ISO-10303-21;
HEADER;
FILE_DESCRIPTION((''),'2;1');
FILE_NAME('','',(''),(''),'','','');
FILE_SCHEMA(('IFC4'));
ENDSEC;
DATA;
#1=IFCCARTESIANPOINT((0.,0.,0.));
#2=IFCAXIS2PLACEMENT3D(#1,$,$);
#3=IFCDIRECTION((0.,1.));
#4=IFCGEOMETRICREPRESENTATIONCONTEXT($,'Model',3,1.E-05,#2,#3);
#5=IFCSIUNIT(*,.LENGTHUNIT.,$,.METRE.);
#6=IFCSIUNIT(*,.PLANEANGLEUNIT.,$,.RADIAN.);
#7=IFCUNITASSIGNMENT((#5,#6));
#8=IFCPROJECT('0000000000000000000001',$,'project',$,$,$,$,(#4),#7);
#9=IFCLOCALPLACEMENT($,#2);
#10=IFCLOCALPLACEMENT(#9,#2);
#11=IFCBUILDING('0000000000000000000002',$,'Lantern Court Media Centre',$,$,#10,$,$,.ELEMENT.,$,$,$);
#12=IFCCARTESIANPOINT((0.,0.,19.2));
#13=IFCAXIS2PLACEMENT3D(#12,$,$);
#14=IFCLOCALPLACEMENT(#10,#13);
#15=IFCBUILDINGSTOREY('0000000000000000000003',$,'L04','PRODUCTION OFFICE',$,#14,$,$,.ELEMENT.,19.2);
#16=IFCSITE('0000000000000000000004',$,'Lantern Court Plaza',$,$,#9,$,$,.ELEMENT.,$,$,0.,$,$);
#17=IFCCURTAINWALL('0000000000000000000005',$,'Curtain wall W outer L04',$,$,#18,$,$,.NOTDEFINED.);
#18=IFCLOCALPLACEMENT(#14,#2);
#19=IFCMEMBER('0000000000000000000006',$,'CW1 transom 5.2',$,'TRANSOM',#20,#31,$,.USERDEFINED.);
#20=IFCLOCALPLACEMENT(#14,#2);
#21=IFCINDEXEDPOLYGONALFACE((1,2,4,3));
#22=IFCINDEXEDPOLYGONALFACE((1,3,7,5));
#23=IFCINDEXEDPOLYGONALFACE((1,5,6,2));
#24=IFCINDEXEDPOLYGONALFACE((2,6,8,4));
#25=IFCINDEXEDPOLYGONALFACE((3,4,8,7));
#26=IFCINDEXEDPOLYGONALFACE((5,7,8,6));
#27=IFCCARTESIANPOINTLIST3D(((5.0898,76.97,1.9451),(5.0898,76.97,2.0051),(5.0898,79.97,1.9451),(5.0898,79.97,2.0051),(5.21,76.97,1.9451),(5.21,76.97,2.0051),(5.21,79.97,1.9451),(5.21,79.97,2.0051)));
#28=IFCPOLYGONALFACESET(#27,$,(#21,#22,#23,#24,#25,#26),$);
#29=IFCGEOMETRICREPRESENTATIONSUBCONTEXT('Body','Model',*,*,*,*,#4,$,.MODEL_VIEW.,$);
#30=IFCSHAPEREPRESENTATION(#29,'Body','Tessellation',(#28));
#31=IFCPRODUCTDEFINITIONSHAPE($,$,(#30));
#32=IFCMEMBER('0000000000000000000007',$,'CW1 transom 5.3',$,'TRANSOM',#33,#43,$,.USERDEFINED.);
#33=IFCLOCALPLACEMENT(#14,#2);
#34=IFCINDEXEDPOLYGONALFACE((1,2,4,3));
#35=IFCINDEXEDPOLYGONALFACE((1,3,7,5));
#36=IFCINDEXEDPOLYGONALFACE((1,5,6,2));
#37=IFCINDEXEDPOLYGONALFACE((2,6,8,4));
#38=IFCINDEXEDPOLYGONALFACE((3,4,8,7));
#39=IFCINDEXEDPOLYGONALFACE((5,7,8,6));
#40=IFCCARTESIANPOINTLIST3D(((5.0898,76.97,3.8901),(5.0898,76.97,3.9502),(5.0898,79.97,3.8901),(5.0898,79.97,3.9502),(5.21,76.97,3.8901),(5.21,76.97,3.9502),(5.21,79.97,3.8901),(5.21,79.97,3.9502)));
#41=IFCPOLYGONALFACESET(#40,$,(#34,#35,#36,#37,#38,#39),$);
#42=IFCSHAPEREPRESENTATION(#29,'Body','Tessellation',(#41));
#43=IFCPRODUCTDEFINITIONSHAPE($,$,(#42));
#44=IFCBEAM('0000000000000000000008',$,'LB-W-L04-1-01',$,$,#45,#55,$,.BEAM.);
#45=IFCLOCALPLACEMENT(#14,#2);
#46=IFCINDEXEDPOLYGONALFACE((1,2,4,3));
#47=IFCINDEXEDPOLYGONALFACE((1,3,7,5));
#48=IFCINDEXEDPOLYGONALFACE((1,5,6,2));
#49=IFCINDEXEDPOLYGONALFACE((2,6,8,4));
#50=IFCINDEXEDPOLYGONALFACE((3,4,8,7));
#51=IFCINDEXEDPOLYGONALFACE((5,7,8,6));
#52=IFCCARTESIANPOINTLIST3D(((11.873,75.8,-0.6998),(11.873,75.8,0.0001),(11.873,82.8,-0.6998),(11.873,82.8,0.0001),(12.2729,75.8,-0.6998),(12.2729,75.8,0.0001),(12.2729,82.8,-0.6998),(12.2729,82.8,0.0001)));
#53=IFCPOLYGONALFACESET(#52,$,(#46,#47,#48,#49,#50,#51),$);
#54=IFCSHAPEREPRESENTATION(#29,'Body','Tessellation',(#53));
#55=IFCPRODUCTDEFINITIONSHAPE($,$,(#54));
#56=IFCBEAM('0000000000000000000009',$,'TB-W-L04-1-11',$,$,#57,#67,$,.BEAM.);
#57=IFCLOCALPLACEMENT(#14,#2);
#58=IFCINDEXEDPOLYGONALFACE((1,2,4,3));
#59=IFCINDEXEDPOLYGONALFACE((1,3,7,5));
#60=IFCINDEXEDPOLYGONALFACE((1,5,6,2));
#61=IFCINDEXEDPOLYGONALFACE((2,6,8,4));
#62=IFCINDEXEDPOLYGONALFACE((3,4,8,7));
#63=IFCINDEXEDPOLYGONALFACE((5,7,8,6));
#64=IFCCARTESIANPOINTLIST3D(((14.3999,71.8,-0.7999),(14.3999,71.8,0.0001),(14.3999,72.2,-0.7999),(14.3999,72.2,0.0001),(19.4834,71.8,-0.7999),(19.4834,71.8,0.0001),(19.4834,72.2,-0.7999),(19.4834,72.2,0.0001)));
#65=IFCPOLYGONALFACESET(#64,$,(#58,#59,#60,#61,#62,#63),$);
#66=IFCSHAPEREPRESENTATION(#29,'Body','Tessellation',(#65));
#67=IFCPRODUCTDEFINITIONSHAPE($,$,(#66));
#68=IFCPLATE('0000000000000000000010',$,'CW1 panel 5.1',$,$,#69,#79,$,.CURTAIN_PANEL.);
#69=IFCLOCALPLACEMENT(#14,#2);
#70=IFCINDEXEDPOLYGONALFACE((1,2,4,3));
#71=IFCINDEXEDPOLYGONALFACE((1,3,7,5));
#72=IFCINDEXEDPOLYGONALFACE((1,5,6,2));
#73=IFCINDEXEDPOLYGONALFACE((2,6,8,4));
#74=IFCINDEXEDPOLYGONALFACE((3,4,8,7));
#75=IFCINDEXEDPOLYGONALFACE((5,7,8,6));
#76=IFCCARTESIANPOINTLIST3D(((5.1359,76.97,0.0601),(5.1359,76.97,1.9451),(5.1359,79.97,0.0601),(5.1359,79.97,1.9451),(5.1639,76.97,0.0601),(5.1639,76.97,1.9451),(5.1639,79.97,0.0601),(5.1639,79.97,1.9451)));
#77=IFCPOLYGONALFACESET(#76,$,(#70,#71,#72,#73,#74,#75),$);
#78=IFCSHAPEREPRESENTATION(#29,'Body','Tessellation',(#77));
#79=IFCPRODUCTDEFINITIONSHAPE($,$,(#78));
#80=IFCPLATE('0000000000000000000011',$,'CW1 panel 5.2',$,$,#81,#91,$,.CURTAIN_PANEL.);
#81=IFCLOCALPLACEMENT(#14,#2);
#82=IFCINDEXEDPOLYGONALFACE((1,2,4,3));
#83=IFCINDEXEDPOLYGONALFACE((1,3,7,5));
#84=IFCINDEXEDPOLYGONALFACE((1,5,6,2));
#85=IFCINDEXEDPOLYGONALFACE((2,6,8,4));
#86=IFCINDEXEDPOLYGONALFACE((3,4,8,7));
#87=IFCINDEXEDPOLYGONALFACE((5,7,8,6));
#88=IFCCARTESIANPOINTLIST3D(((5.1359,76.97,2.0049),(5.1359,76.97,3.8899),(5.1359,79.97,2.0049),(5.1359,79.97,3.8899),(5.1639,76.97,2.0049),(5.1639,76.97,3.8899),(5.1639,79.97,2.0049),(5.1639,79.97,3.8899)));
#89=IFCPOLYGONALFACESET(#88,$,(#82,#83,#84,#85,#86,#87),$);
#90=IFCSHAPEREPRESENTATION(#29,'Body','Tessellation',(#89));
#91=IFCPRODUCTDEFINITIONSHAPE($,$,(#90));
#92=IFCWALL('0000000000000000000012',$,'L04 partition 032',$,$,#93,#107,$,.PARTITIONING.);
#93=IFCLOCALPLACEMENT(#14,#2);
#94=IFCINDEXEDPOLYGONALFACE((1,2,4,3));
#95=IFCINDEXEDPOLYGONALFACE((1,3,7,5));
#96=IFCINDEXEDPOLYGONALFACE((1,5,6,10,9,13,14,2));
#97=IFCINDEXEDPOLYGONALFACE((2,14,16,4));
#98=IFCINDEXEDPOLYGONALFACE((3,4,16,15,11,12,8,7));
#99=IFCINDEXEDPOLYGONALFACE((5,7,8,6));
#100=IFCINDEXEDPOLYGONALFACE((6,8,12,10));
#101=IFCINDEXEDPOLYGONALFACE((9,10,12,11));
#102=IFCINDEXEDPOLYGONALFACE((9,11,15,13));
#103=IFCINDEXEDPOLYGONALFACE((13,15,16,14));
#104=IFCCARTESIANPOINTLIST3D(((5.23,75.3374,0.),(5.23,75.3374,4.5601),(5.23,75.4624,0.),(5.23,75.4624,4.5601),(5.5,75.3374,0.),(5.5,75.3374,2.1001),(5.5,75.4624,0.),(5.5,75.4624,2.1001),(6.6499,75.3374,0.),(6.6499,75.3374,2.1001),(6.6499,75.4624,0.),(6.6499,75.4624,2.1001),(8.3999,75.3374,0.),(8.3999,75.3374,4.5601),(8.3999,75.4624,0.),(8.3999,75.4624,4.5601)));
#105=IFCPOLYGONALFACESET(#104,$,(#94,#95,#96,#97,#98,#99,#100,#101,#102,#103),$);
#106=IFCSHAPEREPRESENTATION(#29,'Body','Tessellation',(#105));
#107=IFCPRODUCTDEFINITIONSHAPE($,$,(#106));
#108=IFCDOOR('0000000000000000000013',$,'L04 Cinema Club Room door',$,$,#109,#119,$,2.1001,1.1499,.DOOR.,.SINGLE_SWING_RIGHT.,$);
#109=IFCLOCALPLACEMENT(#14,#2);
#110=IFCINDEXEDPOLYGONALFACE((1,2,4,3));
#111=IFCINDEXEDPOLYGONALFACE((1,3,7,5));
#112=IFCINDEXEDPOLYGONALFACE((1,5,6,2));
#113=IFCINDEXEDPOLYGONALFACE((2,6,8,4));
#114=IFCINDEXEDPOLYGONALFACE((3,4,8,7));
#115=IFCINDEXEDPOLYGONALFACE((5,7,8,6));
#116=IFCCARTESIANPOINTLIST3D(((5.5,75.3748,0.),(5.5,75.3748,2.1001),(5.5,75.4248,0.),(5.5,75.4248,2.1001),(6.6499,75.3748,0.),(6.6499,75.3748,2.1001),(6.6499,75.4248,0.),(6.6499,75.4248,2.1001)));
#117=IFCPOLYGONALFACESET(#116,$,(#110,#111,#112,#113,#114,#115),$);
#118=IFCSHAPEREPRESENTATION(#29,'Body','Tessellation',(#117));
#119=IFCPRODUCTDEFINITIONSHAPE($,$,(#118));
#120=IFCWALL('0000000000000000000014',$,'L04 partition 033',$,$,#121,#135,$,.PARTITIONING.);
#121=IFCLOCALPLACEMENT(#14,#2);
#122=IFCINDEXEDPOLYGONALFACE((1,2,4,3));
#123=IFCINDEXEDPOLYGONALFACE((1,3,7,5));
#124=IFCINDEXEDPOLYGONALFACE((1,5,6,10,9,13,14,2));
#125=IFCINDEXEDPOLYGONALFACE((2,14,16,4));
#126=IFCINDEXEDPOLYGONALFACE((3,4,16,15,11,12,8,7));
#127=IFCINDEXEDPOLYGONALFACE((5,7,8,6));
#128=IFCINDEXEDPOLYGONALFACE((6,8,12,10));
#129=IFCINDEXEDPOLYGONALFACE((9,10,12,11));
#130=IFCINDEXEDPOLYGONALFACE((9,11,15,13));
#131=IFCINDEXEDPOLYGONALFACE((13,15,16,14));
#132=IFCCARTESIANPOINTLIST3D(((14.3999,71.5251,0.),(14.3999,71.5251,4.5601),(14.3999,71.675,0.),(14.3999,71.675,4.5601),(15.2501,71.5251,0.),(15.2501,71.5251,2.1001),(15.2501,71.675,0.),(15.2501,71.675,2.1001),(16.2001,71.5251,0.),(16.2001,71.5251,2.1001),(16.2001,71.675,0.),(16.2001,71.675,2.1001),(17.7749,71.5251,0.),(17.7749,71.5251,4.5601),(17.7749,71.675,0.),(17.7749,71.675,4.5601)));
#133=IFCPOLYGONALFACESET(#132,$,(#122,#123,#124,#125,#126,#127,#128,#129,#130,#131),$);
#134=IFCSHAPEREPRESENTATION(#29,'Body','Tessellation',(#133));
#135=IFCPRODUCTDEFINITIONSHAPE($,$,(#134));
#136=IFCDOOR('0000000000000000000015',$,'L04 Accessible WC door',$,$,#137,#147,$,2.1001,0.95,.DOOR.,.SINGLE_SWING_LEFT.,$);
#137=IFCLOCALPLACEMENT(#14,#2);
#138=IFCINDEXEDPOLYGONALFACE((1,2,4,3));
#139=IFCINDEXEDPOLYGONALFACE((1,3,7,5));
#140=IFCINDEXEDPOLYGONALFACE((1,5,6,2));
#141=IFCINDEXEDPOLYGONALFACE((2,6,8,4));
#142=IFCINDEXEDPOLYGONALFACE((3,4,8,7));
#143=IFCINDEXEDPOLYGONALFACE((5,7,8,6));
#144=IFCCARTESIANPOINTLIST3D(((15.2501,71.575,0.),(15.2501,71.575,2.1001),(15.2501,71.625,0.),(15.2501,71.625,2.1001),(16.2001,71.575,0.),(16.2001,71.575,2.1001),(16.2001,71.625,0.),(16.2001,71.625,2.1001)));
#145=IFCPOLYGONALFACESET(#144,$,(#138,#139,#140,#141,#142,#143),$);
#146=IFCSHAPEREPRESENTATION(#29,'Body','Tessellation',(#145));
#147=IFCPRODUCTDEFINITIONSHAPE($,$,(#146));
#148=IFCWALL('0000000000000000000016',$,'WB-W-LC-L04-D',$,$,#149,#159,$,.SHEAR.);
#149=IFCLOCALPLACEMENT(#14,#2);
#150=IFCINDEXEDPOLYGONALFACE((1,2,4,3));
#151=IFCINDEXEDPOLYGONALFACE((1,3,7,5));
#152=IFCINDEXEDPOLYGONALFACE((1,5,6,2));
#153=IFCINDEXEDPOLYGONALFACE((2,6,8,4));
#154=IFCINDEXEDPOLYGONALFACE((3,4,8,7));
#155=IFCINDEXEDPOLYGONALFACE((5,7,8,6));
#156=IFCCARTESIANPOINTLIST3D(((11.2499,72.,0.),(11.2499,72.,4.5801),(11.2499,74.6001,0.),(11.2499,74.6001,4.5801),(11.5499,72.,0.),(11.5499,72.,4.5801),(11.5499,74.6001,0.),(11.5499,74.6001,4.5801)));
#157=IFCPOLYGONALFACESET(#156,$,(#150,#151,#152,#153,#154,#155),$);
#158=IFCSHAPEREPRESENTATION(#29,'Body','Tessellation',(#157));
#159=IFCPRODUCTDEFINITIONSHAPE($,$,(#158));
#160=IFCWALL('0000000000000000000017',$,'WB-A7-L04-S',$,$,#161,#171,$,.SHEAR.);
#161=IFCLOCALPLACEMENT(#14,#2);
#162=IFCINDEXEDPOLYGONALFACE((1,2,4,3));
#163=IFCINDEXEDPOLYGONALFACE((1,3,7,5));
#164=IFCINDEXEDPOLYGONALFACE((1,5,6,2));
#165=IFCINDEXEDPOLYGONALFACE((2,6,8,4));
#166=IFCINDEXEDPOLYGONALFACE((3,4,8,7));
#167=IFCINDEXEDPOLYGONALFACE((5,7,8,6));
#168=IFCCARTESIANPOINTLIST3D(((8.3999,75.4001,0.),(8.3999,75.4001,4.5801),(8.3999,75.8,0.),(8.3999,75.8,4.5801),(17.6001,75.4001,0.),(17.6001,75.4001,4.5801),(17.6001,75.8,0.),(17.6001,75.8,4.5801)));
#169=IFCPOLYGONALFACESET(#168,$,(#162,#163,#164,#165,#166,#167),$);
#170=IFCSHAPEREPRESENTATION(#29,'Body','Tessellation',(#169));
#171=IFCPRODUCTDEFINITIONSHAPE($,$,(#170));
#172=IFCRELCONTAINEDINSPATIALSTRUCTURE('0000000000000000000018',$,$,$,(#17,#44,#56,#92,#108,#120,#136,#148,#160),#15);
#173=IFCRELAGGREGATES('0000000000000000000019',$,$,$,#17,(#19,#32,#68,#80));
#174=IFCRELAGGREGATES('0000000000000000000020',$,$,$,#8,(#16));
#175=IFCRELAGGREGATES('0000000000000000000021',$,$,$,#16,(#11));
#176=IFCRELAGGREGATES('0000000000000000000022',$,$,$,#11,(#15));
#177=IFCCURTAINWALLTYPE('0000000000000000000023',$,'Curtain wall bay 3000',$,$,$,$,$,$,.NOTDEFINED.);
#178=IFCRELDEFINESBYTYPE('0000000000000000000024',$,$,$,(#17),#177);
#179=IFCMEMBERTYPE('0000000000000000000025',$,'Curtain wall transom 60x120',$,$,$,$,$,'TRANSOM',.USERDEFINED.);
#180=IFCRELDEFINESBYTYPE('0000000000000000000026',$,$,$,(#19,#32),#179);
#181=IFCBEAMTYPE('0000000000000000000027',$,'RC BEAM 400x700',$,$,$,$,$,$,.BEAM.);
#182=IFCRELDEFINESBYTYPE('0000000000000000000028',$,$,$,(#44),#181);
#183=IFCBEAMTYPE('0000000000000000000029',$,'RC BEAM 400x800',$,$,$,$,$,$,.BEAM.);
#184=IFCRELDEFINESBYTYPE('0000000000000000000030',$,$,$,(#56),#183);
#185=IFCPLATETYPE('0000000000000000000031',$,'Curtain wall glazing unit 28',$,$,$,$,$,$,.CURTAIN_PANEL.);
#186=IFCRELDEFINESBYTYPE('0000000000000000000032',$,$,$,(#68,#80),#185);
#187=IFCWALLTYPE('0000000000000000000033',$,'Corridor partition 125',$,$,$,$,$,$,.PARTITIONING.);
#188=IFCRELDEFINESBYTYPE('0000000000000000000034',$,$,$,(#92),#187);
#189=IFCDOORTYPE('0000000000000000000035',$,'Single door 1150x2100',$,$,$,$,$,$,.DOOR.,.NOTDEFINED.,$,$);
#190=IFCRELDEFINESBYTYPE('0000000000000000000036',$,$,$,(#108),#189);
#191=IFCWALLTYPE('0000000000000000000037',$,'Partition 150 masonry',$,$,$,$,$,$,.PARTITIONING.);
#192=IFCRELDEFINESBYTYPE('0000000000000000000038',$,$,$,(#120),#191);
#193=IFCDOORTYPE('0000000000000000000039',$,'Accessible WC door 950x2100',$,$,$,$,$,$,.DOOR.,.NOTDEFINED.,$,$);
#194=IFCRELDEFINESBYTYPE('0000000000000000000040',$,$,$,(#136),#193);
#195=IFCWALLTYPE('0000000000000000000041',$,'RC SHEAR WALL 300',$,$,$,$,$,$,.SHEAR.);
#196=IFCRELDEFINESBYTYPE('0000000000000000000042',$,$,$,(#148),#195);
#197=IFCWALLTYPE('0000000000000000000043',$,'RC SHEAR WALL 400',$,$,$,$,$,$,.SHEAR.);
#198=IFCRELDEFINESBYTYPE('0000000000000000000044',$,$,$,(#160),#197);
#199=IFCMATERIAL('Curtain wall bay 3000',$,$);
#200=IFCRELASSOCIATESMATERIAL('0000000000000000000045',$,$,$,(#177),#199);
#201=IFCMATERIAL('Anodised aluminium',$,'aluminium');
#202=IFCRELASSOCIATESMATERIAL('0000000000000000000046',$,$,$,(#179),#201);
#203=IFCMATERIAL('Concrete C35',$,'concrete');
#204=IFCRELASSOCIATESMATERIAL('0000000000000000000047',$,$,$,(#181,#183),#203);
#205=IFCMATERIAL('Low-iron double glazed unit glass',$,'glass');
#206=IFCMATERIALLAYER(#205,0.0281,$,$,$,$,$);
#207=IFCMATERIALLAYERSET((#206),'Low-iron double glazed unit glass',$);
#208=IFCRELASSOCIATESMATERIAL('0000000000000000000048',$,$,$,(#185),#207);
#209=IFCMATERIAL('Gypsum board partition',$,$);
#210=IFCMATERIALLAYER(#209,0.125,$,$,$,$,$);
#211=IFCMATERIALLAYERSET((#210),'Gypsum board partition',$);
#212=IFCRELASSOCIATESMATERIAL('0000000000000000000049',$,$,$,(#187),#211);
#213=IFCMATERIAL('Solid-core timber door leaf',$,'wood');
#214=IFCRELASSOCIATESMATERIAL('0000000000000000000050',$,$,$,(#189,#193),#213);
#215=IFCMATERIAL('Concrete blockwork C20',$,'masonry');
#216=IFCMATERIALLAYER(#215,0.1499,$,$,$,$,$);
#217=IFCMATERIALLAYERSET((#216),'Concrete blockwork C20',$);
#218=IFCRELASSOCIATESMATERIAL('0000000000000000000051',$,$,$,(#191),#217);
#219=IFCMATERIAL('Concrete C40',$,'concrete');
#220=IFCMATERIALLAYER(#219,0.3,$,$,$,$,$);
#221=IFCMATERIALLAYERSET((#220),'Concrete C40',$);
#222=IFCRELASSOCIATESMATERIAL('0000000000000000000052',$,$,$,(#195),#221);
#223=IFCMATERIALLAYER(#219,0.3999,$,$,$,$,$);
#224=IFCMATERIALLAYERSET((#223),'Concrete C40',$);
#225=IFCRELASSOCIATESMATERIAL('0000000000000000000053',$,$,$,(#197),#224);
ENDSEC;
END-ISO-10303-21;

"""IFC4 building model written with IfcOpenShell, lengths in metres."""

from ifc_helpers import new_model, si_unit, direction, frame, frame_2d, origin, origin_2d, place, context, subcontext, project, spatial, rectangle, extrude, material, layer, layer_set, material_profile, profile_set, type_object, element, fill, aggregate, save


model = new_model("IFC4")

# Units and contexts
model_context = context("Model", 3, precision=1e-05, world=origin(), true_north=direction((0.0, 1.0)))
body_context = subcontext(model_context, "Body", "Model", "MODEL_VIEW")
ifc_project = project(units=[si_unit("LENGTHUNIT", "METRE"), si_unit("PLANEANGLEUNIT", "RADIAN")], contexts=[model_context])

# Site, building, storey
site_placement = place(None, origin())
site = spatial("IfcSite", under=ifc_project, at=site_placement, Name="Lantern Court Plaza", CompositionType="ELEMENT", RefElevation=0.0)
building_placement = place(site_placement, origin())
building = spatial("IfcBuilding", under=site, at=building_placement, Name="Lantern Court Media Centre", CompositionType="ELEMENT")
storey_placement = place(building_placement, frame((0.0, 0.0, 19.2)))
storey = spatial("IfcBuildingStorey", under=building, at=storey_placement, Name="L04", Description="PRODUCTION OFFICE", CompositionType="ELEMENT", Elevation=19.2)

# Curtain wall, members
ifc_material_1 = material(Name="Curtain wall bay 3000")
curtain_wall_type = type_object("IfcCurtainWallType", Name="Curtain wall bay 3000", PredefinedType="NOTDEFINED", material=ifc_material_1)
curtain_wall_placement = place(storey_placement, origin())
curtain_wall = element("IfcCurtainWall", 1, at=curtain_wall_placement, inside=storey, type_object=curtain_wall_type, Name="Curtain wall W outer L04", PredefinedType="NOTDEFINED")
ifc_material_2 = material(Name="Anodised aluminium", Category="aluminium")
ifc_material_profile_1 = material_profile(ifc_material_2, rectangle(XDim=0.1201, YDim=0.0601, at=origin_2d()), Name="AL 60x120")
ifc_profile_set_1 = profile_set([ifc_material_profile_1], Name="Anodised aluminium")
member_type = type_object("IfcMemberType", Name="Curtain wall transom 60x120", ElementType="TRANSOM", PredefinedType="USERDEFINED", material=ifc_profile_set_1)
member_1_placement = place(storey_placement, frame((5.1499, 76.97, 1.9751), z_axis=(0.0, 1.0, 0.0), x_axis=(-1.0, 0.0, 0.0)))
member_1 = element("IfcMember", 2, at=member_1_placement, type_object=member_type, Name="CW1 transom 5.2", ObjectType="TRANSOM", PredefinedType="USERDEFINED", context=body_context, shape_type="SweptSolid", body=[
    extrude(rectangle(XDim=0.1201, YDim=0.0601, at=origin_2d()), origin(), (0.0, 0.0, 1.0), 3.0),
])
member_2_placement = place(storey_placement, frame((5.1499, 76.97, 3.9202), z_axis=(0.0, 1.0, 0.0), x_axis=(-1.0, 0.0, 0.0)))
member_2 = element("IfcMember", 3, at=member_2_placement, type_object=member_type, Name="CW1 transom 5.3", ObjectType="TRANSOM", PredefinedType="USERDEFINED", context=body_context, shape_type="SweptSolid", body=[
    extrude(rectangle(XDim=0.1201, YDim=0.0601, at=origin_2d()), origin(), (0.0, 0.0, 1.0), 3.0),
])

# Beams
ifc_material_3 = material(Name="Concrete C35", Category="concrete")
ifc_material_profile_2 = material_profile(ifc_material_3, rectangle(XDim=0.3999, YDim=0.7, at=origin_2d()), Name="RC 400x700")
ifc_profile_set_2 = profile_set([ifc_material_profile_2], Name="Concrete C35")
beam_type_1 = type_object("IfcBeamType", Name="RC BEAM 400x700", PredefinedType="BEAM", material=ifc_profile_set_2)
beam_1_placement = place(storey_placement, frame((12.073, 75.8, -0.3499), z_axis=(0.0, 1.0, 0.0), x_axis=(-1.0, 0.0, 0.0)))
element("IfcBeam", 4, at=beam_1_placement, inside=storey, type_object=beam_type_1, Name="LB-W-L04-1-01", PredefinedType="BEAM", context=body_context, shape_type="SweptSolid", body=[
    extrude(rectangle(XDim=0.3999, YDim=0.7, at=origin_2d()), origin(), (0.0, 0.0, 1.0), 7.0),
])
ifc_material_profile_3 = material_profile(ifc_material_3, rectangle(XDim=0.3999, YDim=0.8, at=origin_2d()), Name="RC 400x800")
ifc_profile_set_3 = profile_set([ifc_material_profile_3], Name="Concrete C35")
beam_type_2 = type_object("IfcBeamType", Name="RC BEAM 400x800", PredefinedType="BEAM", material=ifc_profile_set_3)
beam_2_placement = place(storey_placement, frame((14.3999, 72.0, -0.3999), z_axis=(1.0, 0.0, 0.0), x_axis=(0.0, 1.0, 0.0)))
element("IfcBeam", 5, at=beam_2_placement, inside=storey, type_object=beam_type_2, Name="TB-W-L04-1-11", PredefinedType="BEAM", context=body_context, shape_type="SweptSolid", body=[
    extrude(rectangle(XDim=0.3999, YDim=0.8, at=origin_2d()), origin(), (0.0, 0.0, 1.0), 5.0835),
])

# Plates
ifc_material_4 = material(Name="Low-iron double glazed unit glass", Category="glass")
ifc_layer_1 = layer(ifc_material_4, 0.0281)
ifc_layer_set_1 = layer_set([ifc_layer_1], Name="Low-iron double glazed unit glass")
plate_type = type_object("IfcPlateType", Name="Curtain wall glazing unit 28", PredefinedType="CURTAIN_PANEL", material=ifc_layer_set_1)
plate_1_placement = place(storey_placement, frame((5.1499, 78.47, 0.0601), z_axis=(0.0, 0.0, 1.0), x_axis=(0.0, 1.0, 0.0)))
plate_1 = element("IfcPlate", 6, at=plate_1_placement, type_object=plate_type, Name="CW1 panel 5.1", PredefinedType="CURTAIN_PANEL", context=body_context, shape_type="SweptSolid", body=[
    extrude(rectangle(XDim=3.0, YDim=0.0281, at=origin_2d()), origin(), (0.0, 0.0, 1.0), 1.885),
])
plate_2_placement = place(storey_placement, frame((5.1499, 78.47, 2.0049), z_axis=(0.0, 0.0, 1.0), x_axis=(0.0, 1.0, 0.0)))
plate_2 = element("IfcPlate", 7, at=plate_2_placement, type_object=plate_type, Name="CW1 panel 5.2", PredefinedType="CURTAIN_PANEL", context=body_context, shape_type="SweptSolid", body=[
    extrude(rectangle(XDim=3.0, YDim=0.0281, at=origin_2d()), origin(), (0.0, 0.0, 1.0), 1.885),
])
aggregate(curtain_wall, [member_1, member_2, plate_1, plate_2])

# Walls, openings, doors
ifc_material_5 = material(Name="Gypsum board partition")
ifc_layer_2 = layer(ifc_material_5, 0.125)
ifc_layer_set_2 = layer_set([ifc_layer_2], Name="Gypsum board partition")
wall_type_1 = type_object("IfcWallType", Name="Corridor partition 125", PredefinedType="PARTITIONING", material=ifc_layer_set_2)
wall_1_placement = place(storey_placement, frame((5.23, 75.3999, 0.0), z_axis=(0.0, 0.0, 1.0), x_axis=(1.0, 0.0, 0.0)))
wall_1 = element("IfcWall", 8, at=wall_1_placement, inside=storey, type_object=wall_type_1, Name="L04 partition 032", PredefinedType="PARTITIONING", context=body_context, shape_type="SweptSolid", body=[
    extrude(rectangle(XDim=3.1699, YDim=0.125, at=frame_2d((1.585, 0.0))), origin(), (0.0, 0.0, 1.0), 4.5601),
])
opening_1_placement = place(wall_1_placement, frame((0.27, 0.0, 0.0)))
opening_1 = element("IfcOpeningElement", 9, at=opening_1_placement, cuts=wall_1, PredefinedType="OPENING", context=body_context, shape_type="SweptSolid", body=[
    extrude(rectangle(XDim=1.1499, YDim=2.1001, at=frame_2d((0.575, 1.05))), frame((0.0, 0.0725, 0.0), z_axis=(0.0, -1.0, 0.0), x_axis=(1.0, 0.0, 0.0)), (0.0, 0.0, 1.0), 0.145),
])
ifc_material_6 = material(Name="Solid-core timber door leaf", Category="wood")
door_type_1 = type_object("IfcDoorType", Name="Single door 1150x2100", OperationType="NOTDEFINED", PredefinedType="DOOR", material=ifc_material_6)
door_1_placement = place(opening_1_placement, origin())
door_1 = element("IfcDoor", 10, at=door_1_placement, inside=storey, type_object=door_type_1, Name="L04 Cinema Club Room door", OperationType="SINGLE_SWING_RIGHT", OverallHeight=2.1001, OverallWidth=1.1499, PredefinedType="DOOR", context=body_context, shape_type="SweptSolid", body=[
    extrude(rectangle(XDim=1.1499, YDim=2.1001, at=frame_2d((0.575, 1.05))), frame((0.0, 0.0249, 0.0), z_axis=(0.0, -1.0, 0.0), x_axis=(1.0, 0.0, 0.0)), (0.0, 0.0, 1.0), 0.05),
])
fill(opening_1, door_1)
ifc_material_7 = material(Name="Concrete blockwork C20", Category="masonry")
ifc_layer_3 = layer(ifc_material_7, 0.1499)
ifc_layer_set_3 = layer_set([ifc_layer_3], Name="Concrete blockwork C20")
wall_type_2 = type_object("IfcWallType", Name="Partition 150 masonry", PredefinedType="PARTITIONING", material=ifc_layer_set_3)
wall_2_placement = place(storey_placement, frame((14.3999, 71.6001, 0.0), z_axis=(0.0, 0.0, 1.0), x_axis=(1.0, 0.0, 0.0)))
wall_2 = element("IfcWall", 11, at=wall_2_placement, inside=storey, type_object=wall_type_2, Name="L04 partition 033", PredefinedType="PARTITIONING", context=body_context, shape_type="SweptSolid", body=[
    extrude(rectangle(XDim=3.375, YDim=0.1499, at=frame_2d((1.6875, 0.0))), origin(), (0.0, 0.0, 1.0), 4.5601),
])
opening_2_placement = place(wall_2_placement, frame((0.8501, 0.0, 0.0)))
opening_2 = element("IfcOpeningElement", 12, at=opening_2_placement, cuts=wall_2, PredefinedType="OPENING", context=body_context, shape_type="SweptSolid", body=[
    extrude(rectangle(XDim=0.95, YDim=2.1001, at=frame_2d((0.4751, 1.05))), frame((0.0, 0.085, 0.0), z_axis=(0.0, -1.0, 0.0), x_axis=(1.0, 0.0, 0.0)), (0.0, 0.0, 1.0), 0.1699),
])
door_type_2 = type_object("IfcDoorType", Name="Accessible WC door 950x2100", OperationType="NOTDEFINED", PredefinedType="DOOR", material=ifc_material_6)
door_2_placement = place(opening_2_placement, origin())
door_2 = element("IfcDoor", 13, at=door_2_placement, inside=storey, type_object=door_type_2, Name="L04 Accessible WC door", OperationType="SINGLE_SWING_LEFT", OverallHeight=2.1001, OverallWidth=0.95, PredefinedType="DOOR", context=body_context, shape_type="SweptSolid", body=[
    extrude(rectangle(XDim=0.95, YDim=2.1001, at=frame_2d((0.4751, 1.05))), frame((0.0, 0.0249, 0.0), z_axis=(0.0, -1.0, 0.0), x_axis=(1.0, 0.0, 0.0)), (0.0, 0.0, 1.0), 0.05),
])
fill(opening_2, door_2)

# Walls
ifc_material_8 = material(Name="Concrete C40", Category="concrete")
ifc_layer_4 = layer(ifc_material_8, 0.3)
ifc_layer_set_4 = layer_set([ifc_layer_4], Name="Concrete C40")
wall_type_3 = type_object("IfcWallType", Name="RC SHEAR WALL 300", PredefinedType="SHEAR", material=ifc_layer_set_4)
wall_3_placement = place(storey_placement, frame((11.3999, 72.0, 0.0), z_axis=(0.0, 0.0, 1.0), x_axis=(0.0, 1.0, 0.0)))
element("IfcWall", 14, at=wall_3_placement, inside=storey, type_object=wall_type_3, Name="WB-W-LC-L04-D", PredefinedType="SHEAR", context=body_context, shape_type="SweptSolid", body=[
    extrude(rectangle(XDim=2.6001, YDim=0.3, at=frame_2d((1.3, 0.0))), origin(), (0.0, 0.0, 1.0), 4.5801),
])
ifc_layer_5 = layer(ifc_material_8, 0.3999)
ifc_layer_set_5 = layer_set([ifc_layer_5], Name="Concrete C40")
wall_type_4 = type_object("IfcWallType", Name="RC SHEAR WALL 400", PredefinedType="SHEAR", material=ifc_layer_set_5)
wall_4_placement = place(storey_placement, frame((8.3999, 75.6001, 0.0), z_axis=(0.0, 0.0, 1.0), x_axis=(1.0, 0.0, 0.0)))
element("IfcWall", 15, at=wall_4_placement, inside=storey, type_object=wall_type_4, Name="WB-A7-L04-S", PredefinedType="SHEAR", context=body_context, shape_type="SweptSolid", body=[
    extrude(rectangle(XDim=9.2002, YDim=0.3999, at=frame_2d((4.6001, 0.0))), origin(), (0.0, 0.0, 1.0), 4.5801),
])

save(model, "model.ifc")
